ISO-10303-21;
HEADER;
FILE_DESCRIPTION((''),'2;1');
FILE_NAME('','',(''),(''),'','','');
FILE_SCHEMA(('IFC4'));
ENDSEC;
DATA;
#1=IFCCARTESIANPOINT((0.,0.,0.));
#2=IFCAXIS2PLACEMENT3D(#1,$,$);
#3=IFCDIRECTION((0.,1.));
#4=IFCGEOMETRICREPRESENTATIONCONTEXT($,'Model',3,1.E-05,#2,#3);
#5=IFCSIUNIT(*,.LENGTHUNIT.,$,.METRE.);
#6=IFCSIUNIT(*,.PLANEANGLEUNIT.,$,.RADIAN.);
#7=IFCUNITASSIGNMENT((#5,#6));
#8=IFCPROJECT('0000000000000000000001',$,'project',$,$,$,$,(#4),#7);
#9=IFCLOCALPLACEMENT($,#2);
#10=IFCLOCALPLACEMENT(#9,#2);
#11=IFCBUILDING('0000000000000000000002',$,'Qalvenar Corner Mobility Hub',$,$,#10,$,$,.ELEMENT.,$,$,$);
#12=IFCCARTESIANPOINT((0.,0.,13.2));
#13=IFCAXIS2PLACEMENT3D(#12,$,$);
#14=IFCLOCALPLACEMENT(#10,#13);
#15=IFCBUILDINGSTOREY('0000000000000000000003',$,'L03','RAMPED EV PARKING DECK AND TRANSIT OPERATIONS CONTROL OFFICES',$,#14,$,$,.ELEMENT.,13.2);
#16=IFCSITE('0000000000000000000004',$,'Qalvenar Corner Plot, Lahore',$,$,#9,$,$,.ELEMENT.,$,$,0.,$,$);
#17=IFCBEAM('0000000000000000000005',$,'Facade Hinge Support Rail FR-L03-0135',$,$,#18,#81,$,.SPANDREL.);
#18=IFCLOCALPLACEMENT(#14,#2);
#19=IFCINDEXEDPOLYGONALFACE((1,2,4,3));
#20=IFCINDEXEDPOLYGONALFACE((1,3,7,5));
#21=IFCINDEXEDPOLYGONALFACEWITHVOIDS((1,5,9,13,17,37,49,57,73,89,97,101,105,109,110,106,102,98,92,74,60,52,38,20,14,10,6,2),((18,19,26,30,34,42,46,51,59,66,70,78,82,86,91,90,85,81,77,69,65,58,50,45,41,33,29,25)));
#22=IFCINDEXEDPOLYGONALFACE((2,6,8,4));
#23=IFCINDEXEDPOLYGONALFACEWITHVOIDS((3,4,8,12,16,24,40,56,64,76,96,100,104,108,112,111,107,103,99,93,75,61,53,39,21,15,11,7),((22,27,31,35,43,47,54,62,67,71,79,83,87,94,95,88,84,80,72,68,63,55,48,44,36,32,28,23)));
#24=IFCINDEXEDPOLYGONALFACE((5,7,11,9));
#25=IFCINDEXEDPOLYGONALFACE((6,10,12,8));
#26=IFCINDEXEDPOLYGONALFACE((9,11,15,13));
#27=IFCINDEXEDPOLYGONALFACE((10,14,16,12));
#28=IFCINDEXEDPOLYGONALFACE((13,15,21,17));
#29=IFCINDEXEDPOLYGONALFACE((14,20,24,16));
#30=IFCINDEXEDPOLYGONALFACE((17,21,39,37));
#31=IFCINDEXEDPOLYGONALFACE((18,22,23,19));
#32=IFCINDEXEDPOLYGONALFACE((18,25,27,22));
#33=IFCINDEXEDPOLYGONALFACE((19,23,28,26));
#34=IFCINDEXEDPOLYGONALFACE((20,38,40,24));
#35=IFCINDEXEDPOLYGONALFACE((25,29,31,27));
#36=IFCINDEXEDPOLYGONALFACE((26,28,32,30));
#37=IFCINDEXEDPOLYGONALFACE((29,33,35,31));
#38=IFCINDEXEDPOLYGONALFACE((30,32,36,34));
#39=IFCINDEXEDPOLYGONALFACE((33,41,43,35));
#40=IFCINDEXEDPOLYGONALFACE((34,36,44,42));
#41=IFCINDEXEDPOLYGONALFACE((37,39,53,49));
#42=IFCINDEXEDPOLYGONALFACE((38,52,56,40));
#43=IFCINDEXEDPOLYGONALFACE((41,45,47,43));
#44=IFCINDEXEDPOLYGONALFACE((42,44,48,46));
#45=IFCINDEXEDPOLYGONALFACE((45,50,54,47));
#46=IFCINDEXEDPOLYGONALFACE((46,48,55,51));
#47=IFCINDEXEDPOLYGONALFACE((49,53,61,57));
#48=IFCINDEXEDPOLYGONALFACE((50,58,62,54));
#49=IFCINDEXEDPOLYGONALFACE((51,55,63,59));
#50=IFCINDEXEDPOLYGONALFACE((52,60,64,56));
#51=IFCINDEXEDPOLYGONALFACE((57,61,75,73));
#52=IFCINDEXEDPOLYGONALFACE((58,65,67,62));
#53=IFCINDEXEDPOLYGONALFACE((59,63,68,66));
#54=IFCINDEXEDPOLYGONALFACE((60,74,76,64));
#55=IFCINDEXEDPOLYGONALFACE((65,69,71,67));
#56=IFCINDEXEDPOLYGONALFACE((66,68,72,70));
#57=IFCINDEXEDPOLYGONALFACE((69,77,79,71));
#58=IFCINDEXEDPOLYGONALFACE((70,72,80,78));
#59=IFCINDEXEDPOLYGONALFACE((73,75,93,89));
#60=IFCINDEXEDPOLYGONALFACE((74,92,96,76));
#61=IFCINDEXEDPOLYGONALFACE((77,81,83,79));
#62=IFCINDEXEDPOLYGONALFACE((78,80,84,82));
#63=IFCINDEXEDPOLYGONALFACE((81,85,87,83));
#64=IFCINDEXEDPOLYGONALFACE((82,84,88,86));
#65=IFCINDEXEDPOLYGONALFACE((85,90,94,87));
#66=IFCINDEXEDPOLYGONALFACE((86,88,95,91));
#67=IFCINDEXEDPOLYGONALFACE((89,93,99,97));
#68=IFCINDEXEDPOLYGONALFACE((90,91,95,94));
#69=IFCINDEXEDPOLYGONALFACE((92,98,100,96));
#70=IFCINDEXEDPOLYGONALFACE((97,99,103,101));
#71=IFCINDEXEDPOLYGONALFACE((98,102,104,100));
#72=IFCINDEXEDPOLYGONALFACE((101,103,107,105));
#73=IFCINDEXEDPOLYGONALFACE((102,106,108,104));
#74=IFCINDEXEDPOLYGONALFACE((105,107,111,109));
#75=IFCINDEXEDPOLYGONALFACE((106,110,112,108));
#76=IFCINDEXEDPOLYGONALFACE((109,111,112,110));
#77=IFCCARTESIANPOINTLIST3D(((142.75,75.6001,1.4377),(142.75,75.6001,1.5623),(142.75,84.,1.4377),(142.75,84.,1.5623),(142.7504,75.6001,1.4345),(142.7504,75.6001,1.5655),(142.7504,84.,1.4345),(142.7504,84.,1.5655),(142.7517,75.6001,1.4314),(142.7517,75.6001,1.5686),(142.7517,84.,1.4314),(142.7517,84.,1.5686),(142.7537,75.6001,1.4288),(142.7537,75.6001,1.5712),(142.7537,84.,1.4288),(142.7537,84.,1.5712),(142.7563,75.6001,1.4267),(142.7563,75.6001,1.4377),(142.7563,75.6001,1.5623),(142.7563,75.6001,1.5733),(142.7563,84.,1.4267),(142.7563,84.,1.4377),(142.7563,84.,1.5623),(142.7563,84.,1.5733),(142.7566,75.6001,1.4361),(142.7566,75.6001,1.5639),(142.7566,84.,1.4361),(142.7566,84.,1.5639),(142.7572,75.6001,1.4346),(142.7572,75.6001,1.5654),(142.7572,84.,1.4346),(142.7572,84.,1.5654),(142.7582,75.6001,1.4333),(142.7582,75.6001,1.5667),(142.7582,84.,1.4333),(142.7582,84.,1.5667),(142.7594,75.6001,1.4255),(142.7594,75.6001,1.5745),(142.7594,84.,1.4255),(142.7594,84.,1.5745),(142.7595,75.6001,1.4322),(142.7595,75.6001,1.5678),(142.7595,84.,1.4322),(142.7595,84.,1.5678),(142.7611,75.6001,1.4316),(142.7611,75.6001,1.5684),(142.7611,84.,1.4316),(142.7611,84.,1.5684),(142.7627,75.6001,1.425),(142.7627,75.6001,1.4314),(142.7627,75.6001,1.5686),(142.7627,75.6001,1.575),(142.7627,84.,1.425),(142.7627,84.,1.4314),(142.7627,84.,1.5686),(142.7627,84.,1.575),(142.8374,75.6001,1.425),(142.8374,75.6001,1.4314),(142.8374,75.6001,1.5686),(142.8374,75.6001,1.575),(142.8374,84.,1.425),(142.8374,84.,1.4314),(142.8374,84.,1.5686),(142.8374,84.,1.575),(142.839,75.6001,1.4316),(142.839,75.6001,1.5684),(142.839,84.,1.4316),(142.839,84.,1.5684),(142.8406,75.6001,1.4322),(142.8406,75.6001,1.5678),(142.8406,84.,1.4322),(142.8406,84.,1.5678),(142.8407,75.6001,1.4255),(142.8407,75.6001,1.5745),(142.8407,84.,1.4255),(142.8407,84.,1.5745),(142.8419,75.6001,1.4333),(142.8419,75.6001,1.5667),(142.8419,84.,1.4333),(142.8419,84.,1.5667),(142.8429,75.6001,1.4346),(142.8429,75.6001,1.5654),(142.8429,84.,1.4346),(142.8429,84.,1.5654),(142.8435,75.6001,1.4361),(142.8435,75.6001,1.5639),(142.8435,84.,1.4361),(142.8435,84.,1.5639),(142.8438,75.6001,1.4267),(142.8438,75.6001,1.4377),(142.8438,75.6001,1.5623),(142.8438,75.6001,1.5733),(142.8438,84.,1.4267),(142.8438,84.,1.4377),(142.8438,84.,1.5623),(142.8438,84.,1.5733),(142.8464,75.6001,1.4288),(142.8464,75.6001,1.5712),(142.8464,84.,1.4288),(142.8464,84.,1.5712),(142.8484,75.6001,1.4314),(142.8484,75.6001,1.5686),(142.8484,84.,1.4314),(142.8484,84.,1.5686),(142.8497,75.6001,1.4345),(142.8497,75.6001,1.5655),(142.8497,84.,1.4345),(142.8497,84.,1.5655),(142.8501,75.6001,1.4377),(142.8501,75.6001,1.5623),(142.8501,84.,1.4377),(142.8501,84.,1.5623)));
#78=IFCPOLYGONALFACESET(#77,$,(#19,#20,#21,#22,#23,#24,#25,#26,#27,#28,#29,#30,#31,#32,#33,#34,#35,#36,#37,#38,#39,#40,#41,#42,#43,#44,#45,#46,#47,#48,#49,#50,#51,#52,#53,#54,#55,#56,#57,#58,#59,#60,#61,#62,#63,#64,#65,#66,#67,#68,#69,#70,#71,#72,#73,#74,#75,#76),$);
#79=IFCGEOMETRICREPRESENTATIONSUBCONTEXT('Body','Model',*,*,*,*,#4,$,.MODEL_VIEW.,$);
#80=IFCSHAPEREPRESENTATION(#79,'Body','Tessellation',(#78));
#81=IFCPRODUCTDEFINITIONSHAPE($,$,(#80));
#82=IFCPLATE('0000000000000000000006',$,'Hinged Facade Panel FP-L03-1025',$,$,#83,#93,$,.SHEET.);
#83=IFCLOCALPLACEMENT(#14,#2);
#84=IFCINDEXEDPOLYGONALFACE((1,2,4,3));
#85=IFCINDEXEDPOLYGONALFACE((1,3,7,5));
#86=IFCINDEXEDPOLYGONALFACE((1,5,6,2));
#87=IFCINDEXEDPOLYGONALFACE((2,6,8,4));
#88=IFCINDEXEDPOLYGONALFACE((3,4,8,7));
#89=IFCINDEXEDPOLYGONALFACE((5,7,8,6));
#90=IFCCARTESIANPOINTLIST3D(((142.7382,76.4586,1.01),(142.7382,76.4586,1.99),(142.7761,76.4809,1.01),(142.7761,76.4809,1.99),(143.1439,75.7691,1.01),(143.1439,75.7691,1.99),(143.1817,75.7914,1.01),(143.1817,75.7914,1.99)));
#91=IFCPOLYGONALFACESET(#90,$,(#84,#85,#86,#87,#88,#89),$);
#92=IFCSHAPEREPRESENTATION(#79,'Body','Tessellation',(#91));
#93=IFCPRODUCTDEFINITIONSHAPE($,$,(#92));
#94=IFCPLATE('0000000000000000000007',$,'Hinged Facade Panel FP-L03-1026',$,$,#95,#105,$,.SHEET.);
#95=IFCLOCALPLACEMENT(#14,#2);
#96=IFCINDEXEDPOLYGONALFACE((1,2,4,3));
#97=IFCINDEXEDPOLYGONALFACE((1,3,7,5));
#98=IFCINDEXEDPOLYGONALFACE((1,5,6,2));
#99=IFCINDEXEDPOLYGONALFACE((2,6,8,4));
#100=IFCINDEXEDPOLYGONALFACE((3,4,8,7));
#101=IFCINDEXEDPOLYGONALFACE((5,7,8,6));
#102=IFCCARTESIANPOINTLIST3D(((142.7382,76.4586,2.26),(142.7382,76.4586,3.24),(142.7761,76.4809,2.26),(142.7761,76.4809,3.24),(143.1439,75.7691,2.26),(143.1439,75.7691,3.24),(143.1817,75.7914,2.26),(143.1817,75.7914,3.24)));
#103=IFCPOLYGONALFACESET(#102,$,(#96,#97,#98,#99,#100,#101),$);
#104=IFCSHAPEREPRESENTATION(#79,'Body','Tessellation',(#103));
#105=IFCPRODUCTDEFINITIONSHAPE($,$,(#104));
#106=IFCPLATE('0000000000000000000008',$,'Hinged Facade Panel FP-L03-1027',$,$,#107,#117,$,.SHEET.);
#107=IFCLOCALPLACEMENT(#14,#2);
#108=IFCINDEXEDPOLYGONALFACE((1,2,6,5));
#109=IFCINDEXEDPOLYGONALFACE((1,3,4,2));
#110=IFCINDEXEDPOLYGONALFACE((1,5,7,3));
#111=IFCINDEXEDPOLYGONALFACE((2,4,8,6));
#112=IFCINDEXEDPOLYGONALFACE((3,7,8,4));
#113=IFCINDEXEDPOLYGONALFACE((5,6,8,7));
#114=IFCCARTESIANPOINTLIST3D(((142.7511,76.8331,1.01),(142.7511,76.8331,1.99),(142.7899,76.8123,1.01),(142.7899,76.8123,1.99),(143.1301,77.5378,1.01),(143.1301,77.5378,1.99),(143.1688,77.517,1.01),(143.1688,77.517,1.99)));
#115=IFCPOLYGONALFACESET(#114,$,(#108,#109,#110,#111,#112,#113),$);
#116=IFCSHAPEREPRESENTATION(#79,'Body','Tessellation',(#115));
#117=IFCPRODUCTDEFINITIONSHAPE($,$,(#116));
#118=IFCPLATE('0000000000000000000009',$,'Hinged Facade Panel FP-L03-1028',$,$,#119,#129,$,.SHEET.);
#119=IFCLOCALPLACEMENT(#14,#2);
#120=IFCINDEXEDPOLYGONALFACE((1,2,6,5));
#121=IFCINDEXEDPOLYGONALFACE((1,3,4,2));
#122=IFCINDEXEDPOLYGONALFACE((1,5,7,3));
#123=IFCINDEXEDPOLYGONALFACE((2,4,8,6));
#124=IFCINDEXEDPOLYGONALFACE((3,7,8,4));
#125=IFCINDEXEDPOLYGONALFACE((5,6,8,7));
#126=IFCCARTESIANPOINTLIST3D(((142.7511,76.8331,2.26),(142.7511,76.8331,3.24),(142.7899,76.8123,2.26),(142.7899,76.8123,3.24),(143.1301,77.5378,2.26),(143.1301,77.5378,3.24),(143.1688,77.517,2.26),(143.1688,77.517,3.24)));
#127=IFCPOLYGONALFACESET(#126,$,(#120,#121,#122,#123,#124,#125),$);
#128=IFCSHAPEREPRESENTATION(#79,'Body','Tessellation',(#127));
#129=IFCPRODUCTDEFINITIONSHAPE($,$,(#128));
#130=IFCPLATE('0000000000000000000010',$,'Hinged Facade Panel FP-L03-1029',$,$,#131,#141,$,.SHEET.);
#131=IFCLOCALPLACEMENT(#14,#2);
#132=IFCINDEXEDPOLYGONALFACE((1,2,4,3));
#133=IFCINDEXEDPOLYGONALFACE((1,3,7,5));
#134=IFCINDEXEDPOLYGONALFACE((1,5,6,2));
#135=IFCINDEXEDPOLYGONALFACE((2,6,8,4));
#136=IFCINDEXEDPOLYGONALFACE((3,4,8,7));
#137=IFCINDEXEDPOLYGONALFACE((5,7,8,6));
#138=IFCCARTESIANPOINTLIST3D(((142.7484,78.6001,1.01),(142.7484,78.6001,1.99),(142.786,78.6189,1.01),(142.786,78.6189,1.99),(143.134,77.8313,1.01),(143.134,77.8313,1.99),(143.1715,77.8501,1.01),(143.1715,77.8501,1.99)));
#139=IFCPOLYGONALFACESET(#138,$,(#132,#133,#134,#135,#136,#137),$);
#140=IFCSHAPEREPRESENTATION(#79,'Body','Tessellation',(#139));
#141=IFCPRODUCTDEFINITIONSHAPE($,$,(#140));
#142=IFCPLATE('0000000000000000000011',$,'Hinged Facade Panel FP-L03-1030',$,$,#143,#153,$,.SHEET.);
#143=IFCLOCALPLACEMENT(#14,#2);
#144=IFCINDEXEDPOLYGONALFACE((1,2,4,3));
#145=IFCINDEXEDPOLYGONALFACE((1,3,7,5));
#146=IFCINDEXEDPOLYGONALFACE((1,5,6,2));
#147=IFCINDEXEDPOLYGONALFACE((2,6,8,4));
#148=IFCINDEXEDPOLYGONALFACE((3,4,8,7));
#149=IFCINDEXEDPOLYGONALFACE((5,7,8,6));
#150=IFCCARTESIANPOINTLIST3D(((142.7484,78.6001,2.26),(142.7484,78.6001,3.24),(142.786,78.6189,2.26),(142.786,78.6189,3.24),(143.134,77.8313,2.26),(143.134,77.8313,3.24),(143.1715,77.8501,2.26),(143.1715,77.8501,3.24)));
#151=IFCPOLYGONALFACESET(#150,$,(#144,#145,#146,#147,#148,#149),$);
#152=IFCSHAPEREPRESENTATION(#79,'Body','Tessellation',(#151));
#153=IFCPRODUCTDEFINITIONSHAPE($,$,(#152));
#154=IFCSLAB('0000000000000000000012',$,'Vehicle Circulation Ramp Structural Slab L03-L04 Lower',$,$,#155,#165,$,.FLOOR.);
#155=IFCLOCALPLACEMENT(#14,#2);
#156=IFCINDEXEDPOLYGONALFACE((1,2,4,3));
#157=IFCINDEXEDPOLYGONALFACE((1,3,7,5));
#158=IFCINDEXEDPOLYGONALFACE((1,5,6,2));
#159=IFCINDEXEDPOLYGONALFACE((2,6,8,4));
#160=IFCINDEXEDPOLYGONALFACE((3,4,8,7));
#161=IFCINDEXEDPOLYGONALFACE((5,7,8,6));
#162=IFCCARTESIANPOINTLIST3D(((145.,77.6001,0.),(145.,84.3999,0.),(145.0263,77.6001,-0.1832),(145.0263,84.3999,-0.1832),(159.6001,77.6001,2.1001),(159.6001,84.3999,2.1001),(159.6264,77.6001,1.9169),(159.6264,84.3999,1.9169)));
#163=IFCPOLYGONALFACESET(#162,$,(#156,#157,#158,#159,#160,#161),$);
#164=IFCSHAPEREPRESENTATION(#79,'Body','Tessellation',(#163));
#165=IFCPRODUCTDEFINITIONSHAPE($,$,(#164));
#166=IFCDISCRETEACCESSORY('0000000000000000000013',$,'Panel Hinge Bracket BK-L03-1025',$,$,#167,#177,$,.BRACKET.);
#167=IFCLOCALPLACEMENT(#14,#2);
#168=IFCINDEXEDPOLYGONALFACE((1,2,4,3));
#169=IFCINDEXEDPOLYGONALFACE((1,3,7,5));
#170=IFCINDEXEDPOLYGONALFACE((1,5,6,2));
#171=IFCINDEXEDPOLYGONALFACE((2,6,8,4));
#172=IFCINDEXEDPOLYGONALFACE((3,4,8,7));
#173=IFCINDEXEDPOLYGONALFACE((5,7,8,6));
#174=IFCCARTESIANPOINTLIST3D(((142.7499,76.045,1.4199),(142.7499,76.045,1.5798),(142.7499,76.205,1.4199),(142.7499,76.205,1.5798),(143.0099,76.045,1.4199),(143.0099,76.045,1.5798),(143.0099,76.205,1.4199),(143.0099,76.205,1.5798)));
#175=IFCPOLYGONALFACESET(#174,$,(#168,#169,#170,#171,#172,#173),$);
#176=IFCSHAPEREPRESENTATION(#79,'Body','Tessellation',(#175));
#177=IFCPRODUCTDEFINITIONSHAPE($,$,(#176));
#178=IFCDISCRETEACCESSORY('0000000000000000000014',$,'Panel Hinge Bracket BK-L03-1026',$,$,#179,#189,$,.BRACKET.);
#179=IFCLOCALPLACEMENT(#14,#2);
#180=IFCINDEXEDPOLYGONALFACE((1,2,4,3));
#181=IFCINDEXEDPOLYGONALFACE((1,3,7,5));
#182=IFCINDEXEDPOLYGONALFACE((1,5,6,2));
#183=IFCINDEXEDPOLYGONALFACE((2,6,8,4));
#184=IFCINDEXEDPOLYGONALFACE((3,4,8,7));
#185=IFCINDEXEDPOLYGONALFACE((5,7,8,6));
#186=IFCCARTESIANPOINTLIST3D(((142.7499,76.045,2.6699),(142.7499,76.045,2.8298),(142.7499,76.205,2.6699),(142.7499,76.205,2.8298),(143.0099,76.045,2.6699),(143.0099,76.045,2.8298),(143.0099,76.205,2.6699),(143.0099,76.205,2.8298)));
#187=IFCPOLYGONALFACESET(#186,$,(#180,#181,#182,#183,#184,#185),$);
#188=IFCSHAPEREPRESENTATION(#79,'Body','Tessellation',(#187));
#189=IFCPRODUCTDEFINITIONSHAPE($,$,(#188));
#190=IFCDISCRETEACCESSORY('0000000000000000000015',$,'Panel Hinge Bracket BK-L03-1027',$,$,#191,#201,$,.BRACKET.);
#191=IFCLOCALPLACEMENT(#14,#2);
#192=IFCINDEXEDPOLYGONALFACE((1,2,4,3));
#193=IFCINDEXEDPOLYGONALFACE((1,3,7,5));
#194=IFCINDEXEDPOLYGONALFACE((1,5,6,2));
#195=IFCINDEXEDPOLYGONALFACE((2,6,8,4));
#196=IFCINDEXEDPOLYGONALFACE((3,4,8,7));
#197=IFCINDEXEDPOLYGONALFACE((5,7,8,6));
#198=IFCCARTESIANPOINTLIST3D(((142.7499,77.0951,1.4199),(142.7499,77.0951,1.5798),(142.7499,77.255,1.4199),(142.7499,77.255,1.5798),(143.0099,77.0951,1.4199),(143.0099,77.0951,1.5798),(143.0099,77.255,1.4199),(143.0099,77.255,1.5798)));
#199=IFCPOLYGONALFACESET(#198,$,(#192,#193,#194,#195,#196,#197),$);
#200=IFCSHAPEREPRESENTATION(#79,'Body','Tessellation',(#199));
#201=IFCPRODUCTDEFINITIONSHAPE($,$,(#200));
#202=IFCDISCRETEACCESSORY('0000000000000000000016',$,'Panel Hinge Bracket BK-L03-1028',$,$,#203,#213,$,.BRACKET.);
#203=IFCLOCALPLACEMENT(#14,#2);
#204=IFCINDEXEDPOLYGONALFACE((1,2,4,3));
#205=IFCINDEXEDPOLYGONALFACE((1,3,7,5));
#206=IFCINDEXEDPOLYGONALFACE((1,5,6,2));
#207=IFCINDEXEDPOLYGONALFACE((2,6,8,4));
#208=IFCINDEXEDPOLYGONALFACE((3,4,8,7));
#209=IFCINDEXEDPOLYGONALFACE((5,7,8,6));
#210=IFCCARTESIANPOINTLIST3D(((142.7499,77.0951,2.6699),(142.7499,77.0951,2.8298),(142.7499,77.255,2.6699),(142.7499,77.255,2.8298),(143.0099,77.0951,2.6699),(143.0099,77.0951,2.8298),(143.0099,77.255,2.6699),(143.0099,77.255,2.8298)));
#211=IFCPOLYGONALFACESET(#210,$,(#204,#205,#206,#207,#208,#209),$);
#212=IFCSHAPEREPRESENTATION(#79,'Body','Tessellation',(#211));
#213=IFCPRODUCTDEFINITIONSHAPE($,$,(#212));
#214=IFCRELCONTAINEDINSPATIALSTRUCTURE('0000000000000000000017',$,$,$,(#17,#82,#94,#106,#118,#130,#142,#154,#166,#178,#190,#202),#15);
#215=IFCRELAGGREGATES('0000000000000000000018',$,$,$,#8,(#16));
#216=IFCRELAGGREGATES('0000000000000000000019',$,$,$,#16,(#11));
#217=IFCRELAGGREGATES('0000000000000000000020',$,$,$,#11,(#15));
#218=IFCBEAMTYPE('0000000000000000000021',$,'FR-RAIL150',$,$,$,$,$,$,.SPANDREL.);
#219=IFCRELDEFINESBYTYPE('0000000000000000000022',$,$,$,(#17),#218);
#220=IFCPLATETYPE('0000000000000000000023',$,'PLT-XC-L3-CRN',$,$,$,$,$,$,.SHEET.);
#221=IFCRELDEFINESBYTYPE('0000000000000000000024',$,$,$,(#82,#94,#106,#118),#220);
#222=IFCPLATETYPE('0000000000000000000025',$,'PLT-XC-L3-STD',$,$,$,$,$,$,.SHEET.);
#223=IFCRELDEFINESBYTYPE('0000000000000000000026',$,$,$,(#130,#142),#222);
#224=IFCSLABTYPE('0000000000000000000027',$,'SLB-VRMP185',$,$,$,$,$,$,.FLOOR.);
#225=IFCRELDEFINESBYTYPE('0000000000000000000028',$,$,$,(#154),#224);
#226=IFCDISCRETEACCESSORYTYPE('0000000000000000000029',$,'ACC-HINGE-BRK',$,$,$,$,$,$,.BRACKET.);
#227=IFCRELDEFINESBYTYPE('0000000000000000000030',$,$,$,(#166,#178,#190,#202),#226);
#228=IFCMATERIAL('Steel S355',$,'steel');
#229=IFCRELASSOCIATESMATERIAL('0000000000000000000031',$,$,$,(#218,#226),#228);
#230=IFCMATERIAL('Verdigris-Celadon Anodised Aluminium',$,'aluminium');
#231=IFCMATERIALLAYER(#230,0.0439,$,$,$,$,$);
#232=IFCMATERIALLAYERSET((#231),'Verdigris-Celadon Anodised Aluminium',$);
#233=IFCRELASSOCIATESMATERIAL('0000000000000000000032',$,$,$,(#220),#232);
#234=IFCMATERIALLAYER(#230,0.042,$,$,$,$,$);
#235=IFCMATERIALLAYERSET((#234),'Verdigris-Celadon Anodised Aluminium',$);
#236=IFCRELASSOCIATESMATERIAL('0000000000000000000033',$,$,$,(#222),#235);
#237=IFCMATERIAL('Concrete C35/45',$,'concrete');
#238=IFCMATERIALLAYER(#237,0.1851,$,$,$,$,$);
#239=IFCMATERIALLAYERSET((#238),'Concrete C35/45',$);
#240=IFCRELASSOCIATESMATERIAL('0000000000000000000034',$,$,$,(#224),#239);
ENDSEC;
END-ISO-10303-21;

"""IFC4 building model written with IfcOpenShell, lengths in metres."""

from ifc_helpers import new_model, si_unit, direction, frame, origin, origin_2d, place, context, subcontext, project, spatial, polyline, rectangle, hollow_rectangle, outline, extrude, material, layer, layer_set, material_profile, profile_set, type_object, element, save


model = new_model("IFC4")

# Units and contexts
model_context = context("Model", 3, precision=1e-05, world=origin(), true_north=direction((0.0, 1.0)))
body_context = subcontext(model_context, "Body", "Model", "MODEL_VIEW")
ifc_project = project(units=[si_unit("LENGTHUNIT", "METRE"), si_unit("PLANEANGLEUNIT", "RADIAN")], contexts=[model_context])

# Site, building, storey
site_placement = place(None, origin())
site = spatial("IfcSite", under=ifc_project, at=site_placement, Name="Qalvenar Corner Plot, Lahore", CompositionType="ELEMENT", RefElevation=0.0)
building_placement = place(site_placement, origin())
building = spatial("IfcBuilding", under=site, at=building_placement, Name="Qalvenar Corner Mobility Hub", CompositionType="ELEMENT")
storey_placement = place(building_placement, frame((0.0, 0.0, 13.2)))
storey = spatial("IfcBuildingStorey", under=building, at=storey_placement, Name="L03", Description="RAMPED EV PARKING DECK AND TRANSIT OPERATIONS CONTROL OFFICES", CompositionType="ELEMENT", Elevation=13.2)

# Shared definitions
ifc_material_1 = material(Name="Steel S355", Category="steel")

# Beam
ifc_material_profile_1 = material_profile(ifc_material_1, hollow_rectangle(XDim=0.1001, YDim=0.1499, WallThickness=0.0063, InnerFilletRadius=0.0063, OuterFilletRadius=0.0127, at=origin_2d()), Name="RHS150x100x6.3")
ifc_profile_set_1 = profile_set([ifc_material_profile_1], Name="Steel S355")
beam_type_1 = type_object("IfcBeamType", Name="FR-RAIL150", PredefinedType="SPANDREL", material=ifc_profile_set_1)
beam_1_placement = place(storey_placement, frame((142.8, 75.6001, 1.5), z_axis=(0.0, 1.0, 0.0), x_axis=(-1.0, 0.0, 0.0)))
element("IfcBeam", 1, at=beam_1_placement, inside=storey, type_object=beam_type_1, Name="Facade Hinge Support Rail FR-L03-0135", PredefinedType="SPANDREL", context=body_context, shape_type="SweptSolid", body=[
    extrude(hollow_rectangle(XDim=0.1001, YDim=0.1499, WallThickness=0.0063, InnerFilletRadius=0.0063, OuterFilletRadius=0.0127, at=origin_2d()), origin(), (0.0, 0.0, 1.0), 8.3999),
])

# Plates
ifc_material_2 = material(Name="Verdigris-Celadon Anodised Aluminium", Category="aluminium")
ifc_layer_1 = layer(ifc_material_2, 0.0439)
ifc_layer_set_1 = layer_set([ifc_layer_1], Name="Verdigris-Celadon Anodised Aluminium")
plate_type_1 = type_object("IfcPlateType", Name="PLT-XC-L3-CRN", PredefinedType="SHEET", material=ifc_layer_set_1)
for number, where, z_axis, x_axis, name in (
    (2, (142.96, 76.125, 1.01), (0.0, 0.0, 1.0), (-0.507087, 0.861895, 0.0), "Hinged Facade Panel FP-L03-1025"),
    (3, (142.96, 76.125, 2.26), (0.0, 0.0, 1.0), (-0.507087, 0.861895, 0.0), "Hinged Facade Panel FP-L03-1026"),
    (4, (142.96, 77.175, 1.01), (0.0, 0.0, 1.0), (0.473627, 0.880725, 0.0), "Hinged Facade Panel FP-L03-1027"),
    (5, (142.96, 77.175, 2.26), (0.0, 0.0, 1.0), (0.473627, 0.880725, 0.0), "Hinged Facade Panel FP-L03-1028"),
):
    element("IfcPlate", number, at=place(storey_placement, frame(where, z_axis=z_axis, x_axis=x_axis)), inside=storey, type_object=plate_type_1, Name=name, PredefinedType="SHEET", context=body_context, shape_type="SweptSolid", body=[
        extrude(rectangle(XDim=0.8, YDim=0.0439, at=origin_2d()), origin(), (0.0, 0.0, 1.0), 0.98),
    ])
ifc_layer_2 = layer(ifc_material_2, 0.042)
ifc_layer_set_2 = layer_set([ifc_layer_2], Name="Verdigris-Celadon Anodised Aluminium")
plate_type_2 = type_object("IfcPlateType", Name="PLT-XC-L3-STD", PredefinedType="SHEET", material=ifc_layer_set_2)
for number, where, z_axis, x_axis, name in (
    (6, (142.96, 78.2251, 1.01), (0.0, 0.0, 1.0), (-0.448227, 0.89392, 0.0), "Hinged Facade Panel FP-L03-1029"),
    (7, (142.96, 78.2251, 2.26), (0.0, 0.0, 1.0), (-0.448227, 0.89392, 0.0), "Hinged Facade Panel FP-L03-1030"),
):
    element("IfcPlate", number, at=place(storey_placement, frame(where, z_axis=z_axis, x_axis=x_axis)), inside=storey, type_object=plate_type_2, Name=name, PredefinedType="SHEET", context=body_context, shape_type="SweptSolid", body=[
        extrude(rectangle(XDim=0.8601, YDim=0.042, at=origin_2d()), origin(), (0.0, 0.0, 1.0), 0.98),
    ])

# Slab
ifc_material_3 = material(Name="Concrete C35/45", Category="concrete")
ifc_layer_3 = layer(ifc_material_3, 0.1851)
ifc_layer_set_3 = layer_set([ifc_layer_3], Name="Concrete C35/45")
slab_type = type_object("IfcSlabType", Name="SLB-VRMP185", PredefinedType="FLOOR", material=ifc_layer_set_3)
slab_placement = place(storey_placement, frame((145.0, 77.6001, 0.0), z_axis=(-0.142376, 0.0, 0.989813), x_axis=(0.989813, 0.0, 0.142376)))
element("IfcSlab", 8, at=slab_placement, inside=storey, type_object=slab_type, Name="Vehicle Circulation Ramp Structural Slab L03-L04 Lower", PredefinedType="FLOOR", context=body_context, shape_type="SweptSolid", body=[
    extrude(outline(polyline([(0.0, 0.0), (14.7504, 0.0), (14.7504, 6.7998), (0.0, 6.7998), (0.0, 0.0)])), origin(), (0.0, 0.0, -1.0), 0.1851),
])

# Discrete accessories
discrete_accessory_type = type_object("IfcDiscreteAccessoryType", Name="ACC-HINGE-BRK", PredefinedType="BRACKET", material=ifc_material_1)
for number, where, z_axis, x_axis, name in (
    (9, (142.8799, 76.125, 1.4199), (0.0, 0.0, 1.0), (0.0, 1.0, 0.0), "Panel Hinge Bracket BK-L03-1025"),
    (10, (142.8799, 76.125, 2.6699), (0.0, 0.0, 1.0), (0.0, 1.0, 0.0), "Panel Hinge Bracket BK-L03-1026"),
    (11, (142.8799, 77.175, 1.4199), (0.0, 0.0, 1.0), (0.0, 1.0, 0.0), "Panel Hinge Bracket BK-L03-1027"),
    (12, (142.8799, 77.175, 2.6699), (0.0, 0.0, 1.0), (0.0, 1.0, 0.0), "Panel Hinge Bracket BK-L03-1028"),
):
    element("IfcDiscreteAccessory", number, at=place(storey_placement, frame(where, z_axis=z_axis, x_axis=x_axis)), inside=storey, type_object=discrete_accessory_type, Name=name, PredefinedType="BRACKET", context=body_context, shape_type="SweptSolid", body=[
        extrude(rectangle(XDim=0.1599, YDim=0.26, at=origin_2d()), origin(), (0.0, 0.0, 1.0), 0.1599),
    ])

save(model, "model.ifc")
